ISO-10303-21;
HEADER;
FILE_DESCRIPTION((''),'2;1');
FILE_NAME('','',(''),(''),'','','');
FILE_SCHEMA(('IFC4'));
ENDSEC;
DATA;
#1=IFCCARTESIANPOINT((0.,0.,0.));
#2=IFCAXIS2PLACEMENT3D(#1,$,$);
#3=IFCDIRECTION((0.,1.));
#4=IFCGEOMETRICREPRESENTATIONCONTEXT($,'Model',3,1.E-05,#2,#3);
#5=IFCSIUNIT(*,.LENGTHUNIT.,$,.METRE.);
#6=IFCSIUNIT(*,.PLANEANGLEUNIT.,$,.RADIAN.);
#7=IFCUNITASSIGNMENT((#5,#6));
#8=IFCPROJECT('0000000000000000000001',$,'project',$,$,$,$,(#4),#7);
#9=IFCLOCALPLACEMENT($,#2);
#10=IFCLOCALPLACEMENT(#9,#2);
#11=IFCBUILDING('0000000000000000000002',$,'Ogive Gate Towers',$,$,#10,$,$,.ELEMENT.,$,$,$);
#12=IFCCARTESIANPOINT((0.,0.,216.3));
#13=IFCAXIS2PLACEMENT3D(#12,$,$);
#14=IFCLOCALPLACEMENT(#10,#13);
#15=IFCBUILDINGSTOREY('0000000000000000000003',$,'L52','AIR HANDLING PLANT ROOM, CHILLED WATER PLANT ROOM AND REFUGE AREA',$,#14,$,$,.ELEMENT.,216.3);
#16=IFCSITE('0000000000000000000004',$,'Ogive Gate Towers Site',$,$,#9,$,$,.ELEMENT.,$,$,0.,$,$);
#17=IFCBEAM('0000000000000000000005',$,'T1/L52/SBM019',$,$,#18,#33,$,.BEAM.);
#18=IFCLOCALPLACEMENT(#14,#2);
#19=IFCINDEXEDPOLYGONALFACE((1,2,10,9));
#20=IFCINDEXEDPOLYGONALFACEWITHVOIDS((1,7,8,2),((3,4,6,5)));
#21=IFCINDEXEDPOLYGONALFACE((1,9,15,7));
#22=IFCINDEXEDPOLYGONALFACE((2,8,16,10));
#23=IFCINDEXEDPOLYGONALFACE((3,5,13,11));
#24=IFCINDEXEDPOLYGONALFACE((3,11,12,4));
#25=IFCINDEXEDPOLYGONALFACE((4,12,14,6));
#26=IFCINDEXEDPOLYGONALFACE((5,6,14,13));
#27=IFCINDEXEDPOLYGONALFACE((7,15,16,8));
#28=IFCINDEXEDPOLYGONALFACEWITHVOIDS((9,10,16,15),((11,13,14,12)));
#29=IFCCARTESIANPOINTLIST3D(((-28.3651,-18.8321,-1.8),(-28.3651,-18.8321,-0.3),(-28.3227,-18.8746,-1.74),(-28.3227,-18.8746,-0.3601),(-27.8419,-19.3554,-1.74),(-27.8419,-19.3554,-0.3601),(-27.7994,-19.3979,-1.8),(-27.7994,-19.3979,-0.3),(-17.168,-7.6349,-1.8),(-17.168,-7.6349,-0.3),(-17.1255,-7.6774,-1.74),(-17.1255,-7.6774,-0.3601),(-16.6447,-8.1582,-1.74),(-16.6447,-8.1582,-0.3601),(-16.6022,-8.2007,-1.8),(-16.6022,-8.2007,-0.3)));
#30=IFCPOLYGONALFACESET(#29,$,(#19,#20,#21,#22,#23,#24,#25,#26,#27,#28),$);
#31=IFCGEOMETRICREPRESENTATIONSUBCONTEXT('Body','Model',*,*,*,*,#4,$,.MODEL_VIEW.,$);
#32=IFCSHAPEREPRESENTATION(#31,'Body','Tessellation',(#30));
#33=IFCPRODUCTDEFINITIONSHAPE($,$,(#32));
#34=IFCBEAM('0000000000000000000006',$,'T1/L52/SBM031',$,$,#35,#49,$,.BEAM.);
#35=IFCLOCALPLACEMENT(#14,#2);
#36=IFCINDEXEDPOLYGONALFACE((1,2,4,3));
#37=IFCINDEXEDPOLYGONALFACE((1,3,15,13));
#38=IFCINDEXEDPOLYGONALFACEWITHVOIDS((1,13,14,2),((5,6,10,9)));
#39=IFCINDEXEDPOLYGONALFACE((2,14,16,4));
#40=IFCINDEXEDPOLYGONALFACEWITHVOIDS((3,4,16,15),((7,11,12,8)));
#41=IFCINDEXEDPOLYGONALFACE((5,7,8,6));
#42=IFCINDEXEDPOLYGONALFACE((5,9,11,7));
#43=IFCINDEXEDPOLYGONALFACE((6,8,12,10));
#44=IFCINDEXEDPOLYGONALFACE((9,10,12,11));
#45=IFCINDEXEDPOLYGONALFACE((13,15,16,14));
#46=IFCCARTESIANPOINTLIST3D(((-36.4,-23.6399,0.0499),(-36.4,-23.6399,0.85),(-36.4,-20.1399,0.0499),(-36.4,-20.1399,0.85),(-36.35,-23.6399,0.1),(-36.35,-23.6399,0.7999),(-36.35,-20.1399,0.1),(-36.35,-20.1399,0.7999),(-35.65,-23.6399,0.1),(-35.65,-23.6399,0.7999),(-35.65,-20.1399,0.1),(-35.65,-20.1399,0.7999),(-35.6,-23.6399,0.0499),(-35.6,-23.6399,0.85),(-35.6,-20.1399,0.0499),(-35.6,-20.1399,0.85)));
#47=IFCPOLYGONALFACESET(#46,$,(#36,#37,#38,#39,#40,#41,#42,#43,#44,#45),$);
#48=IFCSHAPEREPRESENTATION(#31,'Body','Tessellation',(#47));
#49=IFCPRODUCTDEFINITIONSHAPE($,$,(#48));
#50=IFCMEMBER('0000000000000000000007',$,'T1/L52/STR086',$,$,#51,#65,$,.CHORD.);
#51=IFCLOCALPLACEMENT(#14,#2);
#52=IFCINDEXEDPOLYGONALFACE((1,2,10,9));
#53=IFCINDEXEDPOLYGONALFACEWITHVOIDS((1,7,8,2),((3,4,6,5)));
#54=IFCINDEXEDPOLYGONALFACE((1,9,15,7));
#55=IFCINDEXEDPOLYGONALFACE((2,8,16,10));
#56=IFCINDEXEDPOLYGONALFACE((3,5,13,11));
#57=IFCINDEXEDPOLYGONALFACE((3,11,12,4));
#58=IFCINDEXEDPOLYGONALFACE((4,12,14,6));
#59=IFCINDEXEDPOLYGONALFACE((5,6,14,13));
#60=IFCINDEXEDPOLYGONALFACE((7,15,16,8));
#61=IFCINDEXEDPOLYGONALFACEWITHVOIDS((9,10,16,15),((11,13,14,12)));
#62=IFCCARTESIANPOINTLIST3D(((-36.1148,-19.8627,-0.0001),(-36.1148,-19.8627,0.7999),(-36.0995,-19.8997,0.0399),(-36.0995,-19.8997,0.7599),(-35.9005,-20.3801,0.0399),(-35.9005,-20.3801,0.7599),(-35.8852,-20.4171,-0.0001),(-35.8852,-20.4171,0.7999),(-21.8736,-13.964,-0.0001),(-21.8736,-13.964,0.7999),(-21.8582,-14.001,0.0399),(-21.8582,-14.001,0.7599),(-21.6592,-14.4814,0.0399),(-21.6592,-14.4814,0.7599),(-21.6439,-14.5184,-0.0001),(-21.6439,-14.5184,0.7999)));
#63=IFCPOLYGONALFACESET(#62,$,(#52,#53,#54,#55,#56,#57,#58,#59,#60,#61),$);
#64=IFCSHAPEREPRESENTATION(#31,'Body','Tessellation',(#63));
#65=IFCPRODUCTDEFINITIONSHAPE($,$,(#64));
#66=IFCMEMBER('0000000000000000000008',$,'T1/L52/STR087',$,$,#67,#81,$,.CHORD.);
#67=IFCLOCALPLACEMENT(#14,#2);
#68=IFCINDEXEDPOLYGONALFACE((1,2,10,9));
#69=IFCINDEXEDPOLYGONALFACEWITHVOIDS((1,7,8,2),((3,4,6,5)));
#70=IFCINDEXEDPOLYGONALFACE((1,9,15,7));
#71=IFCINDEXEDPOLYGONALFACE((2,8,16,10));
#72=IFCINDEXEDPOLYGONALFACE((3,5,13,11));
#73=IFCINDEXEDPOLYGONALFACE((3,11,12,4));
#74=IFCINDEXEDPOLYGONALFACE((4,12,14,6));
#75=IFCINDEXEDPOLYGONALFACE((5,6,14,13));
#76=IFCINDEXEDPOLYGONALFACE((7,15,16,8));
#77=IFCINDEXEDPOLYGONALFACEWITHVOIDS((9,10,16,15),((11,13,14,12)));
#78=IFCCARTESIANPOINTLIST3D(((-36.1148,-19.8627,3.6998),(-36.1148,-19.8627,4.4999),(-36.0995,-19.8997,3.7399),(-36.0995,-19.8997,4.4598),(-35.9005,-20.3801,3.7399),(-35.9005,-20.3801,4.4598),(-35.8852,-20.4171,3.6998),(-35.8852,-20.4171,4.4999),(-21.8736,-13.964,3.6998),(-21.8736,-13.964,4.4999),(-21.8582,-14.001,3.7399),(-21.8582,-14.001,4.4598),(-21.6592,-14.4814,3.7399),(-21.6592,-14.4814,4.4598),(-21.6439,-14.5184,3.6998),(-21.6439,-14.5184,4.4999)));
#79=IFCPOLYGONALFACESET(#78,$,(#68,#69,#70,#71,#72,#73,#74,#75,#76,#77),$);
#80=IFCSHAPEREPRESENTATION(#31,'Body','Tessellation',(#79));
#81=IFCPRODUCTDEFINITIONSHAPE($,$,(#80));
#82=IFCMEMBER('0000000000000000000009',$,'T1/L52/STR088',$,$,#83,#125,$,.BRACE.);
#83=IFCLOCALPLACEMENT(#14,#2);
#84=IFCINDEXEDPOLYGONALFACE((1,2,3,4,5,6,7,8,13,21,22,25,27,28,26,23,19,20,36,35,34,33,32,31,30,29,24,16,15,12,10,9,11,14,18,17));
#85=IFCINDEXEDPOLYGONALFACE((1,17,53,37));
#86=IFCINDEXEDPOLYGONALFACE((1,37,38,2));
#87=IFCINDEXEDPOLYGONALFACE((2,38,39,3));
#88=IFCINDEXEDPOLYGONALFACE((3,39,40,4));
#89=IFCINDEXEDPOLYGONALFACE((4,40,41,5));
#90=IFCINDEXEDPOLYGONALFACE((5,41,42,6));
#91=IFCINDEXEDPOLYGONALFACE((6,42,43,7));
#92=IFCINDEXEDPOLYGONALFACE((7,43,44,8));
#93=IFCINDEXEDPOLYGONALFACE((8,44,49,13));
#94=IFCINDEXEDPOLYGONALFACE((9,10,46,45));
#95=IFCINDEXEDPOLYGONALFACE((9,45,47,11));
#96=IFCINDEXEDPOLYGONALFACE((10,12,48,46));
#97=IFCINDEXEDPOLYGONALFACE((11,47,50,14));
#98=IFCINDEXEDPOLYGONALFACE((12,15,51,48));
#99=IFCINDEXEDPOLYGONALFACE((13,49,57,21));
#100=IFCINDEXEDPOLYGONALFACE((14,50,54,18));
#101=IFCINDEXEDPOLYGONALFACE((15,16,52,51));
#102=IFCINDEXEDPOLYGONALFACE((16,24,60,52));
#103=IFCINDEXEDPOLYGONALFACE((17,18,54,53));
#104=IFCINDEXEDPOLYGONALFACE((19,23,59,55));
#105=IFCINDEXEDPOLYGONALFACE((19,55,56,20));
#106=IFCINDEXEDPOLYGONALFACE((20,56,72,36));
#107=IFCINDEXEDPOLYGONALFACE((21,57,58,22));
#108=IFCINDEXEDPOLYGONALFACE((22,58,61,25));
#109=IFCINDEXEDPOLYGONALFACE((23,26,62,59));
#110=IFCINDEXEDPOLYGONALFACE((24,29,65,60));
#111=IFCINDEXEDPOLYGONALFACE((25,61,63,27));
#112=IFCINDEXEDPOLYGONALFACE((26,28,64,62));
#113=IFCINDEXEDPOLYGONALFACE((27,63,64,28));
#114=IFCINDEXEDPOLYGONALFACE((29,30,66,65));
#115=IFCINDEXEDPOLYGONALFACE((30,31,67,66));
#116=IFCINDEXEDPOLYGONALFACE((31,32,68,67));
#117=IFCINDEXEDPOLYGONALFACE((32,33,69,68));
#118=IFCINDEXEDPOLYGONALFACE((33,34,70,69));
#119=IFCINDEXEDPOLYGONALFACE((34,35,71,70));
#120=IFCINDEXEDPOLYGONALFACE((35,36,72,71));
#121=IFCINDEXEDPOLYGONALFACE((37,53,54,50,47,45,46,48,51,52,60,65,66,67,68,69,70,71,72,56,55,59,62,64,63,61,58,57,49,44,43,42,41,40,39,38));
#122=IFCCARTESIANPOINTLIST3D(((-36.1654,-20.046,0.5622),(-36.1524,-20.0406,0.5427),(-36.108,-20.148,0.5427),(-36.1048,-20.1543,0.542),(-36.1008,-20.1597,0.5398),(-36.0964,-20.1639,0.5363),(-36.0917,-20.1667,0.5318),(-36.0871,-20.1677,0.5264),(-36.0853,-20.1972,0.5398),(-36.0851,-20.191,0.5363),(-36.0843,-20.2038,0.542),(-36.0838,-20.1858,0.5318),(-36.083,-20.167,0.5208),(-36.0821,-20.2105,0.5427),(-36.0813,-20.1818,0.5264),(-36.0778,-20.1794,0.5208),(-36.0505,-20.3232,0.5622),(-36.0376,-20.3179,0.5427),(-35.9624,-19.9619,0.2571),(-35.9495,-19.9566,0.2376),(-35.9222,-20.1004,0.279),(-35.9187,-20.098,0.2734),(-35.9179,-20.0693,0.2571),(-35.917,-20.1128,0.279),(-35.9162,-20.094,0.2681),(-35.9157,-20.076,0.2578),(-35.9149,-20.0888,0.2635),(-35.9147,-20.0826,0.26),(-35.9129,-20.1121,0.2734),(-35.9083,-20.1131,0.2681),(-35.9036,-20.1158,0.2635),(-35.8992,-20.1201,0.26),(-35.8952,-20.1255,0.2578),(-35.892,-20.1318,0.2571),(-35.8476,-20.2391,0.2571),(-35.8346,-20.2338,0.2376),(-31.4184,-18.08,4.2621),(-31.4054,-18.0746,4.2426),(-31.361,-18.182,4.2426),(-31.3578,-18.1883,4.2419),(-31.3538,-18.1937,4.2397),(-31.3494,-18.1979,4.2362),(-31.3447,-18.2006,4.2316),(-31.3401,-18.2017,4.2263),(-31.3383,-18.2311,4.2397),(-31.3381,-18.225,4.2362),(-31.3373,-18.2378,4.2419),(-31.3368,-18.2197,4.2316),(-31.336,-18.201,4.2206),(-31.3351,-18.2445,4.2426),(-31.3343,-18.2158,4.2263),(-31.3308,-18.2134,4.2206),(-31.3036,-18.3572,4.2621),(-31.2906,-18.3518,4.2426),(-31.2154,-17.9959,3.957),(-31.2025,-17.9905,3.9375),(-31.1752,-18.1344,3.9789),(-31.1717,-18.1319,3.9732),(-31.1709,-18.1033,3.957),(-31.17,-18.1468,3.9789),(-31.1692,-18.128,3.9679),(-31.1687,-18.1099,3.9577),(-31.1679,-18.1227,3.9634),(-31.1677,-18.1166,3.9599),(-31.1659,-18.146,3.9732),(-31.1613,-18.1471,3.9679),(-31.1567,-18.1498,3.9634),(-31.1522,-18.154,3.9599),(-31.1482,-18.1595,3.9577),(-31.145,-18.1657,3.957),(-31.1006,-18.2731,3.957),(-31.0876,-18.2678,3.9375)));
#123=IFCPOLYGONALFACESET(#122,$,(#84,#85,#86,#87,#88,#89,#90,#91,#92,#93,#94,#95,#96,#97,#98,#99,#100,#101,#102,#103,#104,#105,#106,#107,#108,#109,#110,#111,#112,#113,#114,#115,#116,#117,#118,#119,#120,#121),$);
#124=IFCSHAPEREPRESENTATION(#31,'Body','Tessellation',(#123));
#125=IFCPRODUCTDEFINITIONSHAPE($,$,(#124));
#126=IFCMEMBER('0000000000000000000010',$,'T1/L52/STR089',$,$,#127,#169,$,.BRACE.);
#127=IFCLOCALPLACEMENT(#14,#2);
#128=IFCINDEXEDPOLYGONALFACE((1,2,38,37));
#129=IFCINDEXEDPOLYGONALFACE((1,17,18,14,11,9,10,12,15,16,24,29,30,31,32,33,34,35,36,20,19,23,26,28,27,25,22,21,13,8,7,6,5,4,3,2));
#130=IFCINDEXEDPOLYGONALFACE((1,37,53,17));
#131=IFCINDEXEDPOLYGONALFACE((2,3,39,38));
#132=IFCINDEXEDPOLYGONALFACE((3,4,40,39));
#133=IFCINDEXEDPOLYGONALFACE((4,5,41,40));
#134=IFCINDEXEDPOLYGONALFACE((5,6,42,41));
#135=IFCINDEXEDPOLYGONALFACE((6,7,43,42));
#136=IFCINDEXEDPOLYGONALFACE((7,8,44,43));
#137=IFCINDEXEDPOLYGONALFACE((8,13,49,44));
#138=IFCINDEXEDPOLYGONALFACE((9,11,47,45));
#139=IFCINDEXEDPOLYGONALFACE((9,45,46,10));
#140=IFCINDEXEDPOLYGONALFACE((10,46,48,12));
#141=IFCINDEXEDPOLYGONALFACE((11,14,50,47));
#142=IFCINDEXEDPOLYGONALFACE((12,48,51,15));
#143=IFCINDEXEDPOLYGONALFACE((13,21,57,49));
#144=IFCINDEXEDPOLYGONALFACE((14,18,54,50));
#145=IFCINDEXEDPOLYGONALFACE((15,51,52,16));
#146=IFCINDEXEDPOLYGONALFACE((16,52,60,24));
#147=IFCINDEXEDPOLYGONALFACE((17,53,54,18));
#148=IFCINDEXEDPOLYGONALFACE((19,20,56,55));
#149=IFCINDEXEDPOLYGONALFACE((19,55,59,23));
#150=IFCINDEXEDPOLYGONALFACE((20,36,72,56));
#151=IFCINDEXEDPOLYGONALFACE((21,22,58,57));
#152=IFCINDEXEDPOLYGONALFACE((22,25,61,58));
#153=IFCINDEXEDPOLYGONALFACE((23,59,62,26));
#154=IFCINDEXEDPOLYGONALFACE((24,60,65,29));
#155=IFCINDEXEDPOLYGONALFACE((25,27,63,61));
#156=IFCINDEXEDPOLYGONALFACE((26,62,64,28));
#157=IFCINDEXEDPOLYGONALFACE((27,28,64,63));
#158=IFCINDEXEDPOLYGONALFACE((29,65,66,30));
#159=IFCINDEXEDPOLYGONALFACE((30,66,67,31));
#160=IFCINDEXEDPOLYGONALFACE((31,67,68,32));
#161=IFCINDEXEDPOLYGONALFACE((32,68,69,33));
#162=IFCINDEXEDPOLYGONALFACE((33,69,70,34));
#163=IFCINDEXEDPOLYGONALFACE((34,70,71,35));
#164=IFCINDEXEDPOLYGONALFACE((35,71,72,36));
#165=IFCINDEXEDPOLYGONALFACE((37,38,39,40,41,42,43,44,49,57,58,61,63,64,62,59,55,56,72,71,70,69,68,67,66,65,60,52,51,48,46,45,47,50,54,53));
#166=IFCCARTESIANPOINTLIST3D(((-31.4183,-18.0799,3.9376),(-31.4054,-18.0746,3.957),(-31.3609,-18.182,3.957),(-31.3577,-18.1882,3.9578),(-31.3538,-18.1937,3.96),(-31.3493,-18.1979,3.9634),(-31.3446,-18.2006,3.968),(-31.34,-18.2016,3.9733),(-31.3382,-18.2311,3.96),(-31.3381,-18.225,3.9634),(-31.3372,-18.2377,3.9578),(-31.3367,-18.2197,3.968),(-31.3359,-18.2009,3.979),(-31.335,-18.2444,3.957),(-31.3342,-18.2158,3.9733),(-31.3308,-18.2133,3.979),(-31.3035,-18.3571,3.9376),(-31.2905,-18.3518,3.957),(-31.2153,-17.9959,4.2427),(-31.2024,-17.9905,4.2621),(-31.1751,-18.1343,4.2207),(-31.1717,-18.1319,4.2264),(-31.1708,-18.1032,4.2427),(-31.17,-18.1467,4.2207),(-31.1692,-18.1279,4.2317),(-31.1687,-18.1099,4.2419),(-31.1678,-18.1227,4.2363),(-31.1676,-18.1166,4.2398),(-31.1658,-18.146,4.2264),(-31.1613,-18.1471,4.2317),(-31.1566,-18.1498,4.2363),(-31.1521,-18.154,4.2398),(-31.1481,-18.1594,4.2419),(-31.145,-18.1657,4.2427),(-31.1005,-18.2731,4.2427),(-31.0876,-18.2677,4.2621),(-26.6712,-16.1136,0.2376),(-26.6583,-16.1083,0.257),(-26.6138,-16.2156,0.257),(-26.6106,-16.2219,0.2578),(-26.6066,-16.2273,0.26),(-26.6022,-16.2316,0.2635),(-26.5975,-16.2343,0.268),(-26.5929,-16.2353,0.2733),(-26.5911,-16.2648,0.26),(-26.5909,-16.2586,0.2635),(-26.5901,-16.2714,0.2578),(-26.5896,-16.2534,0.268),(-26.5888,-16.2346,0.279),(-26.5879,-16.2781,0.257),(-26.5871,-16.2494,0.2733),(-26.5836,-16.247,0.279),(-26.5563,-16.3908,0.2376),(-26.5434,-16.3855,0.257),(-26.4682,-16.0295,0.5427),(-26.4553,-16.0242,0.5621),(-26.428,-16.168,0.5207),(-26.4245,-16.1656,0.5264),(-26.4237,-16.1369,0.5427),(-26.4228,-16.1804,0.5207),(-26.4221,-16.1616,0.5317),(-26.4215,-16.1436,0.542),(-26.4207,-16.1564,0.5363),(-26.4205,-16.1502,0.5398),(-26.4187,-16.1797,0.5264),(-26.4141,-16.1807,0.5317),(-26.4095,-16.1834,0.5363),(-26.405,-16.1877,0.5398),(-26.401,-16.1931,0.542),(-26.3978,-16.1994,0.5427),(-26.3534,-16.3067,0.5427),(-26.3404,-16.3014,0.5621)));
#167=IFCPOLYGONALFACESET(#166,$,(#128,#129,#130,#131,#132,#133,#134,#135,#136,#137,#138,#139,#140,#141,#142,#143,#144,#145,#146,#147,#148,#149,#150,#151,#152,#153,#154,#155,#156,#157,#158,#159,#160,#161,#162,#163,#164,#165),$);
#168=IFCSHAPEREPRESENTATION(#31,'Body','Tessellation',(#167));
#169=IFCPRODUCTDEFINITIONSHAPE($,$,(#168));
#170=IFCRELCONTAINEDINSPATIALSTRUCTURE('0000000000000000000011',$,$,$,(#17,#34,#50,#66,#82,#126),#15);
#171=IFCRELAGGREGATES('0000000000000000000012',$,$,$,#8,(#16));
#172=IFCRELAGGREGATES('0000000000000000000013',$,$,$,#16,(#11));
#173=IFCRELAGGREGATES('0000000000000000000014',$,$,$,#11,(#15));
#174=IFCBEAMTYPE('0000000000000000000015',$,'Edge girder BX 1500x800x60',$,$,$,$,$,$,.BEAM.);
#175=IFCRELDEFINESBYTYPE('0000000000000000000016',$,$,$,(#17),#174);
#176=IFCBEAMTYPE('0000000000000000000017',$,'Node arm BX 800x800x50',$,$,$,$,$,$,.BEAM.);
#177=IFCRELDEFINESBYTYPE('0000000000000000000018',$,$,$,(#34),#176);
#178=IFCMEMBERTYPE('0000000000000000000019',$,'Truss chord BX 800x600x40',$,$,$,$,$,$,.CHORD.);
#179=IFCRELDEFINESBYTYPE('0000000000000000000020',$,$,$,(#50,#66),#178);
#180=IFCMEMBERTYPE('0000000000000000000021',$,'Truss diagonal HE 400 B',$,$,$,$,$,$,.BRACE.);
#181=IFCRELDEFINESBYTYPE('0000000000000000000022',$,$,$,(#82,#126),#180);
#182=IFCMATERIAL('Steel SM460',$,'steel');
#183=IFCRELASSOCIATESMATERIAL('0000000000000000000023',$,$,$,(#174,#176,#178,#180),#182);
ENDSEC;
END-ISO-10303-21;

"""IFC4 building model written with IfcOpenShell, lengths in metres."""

from ifc_helpers import new_model, si_unit, direction, frame, origin, origin_2d, place, context, subcontext, project, spatial, hollow_rectangle, i_section, extrude, material, material_profile, profile_set, type_object, element, save


model = new_model("IFC4")

# Units and contexts
model_context = context("Model", 3, precision=1e-05, world=origin(), true_north=direction((0.0, 1.0)))
body_context = subcontext(model_context, "Body", "Model", "MODEL_VIEW")
ifc_project = project(units=[si_unit("LENGTHUNIT", "METRE"), si_unit("PLANEANGLEUNIT", "RADIAN")], contexts=[model_context])

# Site, building, storey
site_placement = place(None, origin())
site = spatial("IfcSite", under=ifc_project, at=site_placement, Name="Ogive Gate Towers Site", CompositionType="ELEMENT", RefElevation=0.0)
building_placement = place(site_placement, origin())
building = spatial("IfcBuilding", under=site, at=building_placement, Name="Ogive Gate Towers", CompositionType="ELEMENT")
storey_placement = place(building_placement, frame((0.0, 0.0, 216.3)))
storey = spatial("IfcBuildingStorey", under=building, at=storey_placement, Name="L52", Description="AIR HANDLING PLANT ROOM, CHILLED WATER PLANT ROOM AND REFUGE AREA", CompositionType="ELEMENT", Elevation=216.3)

# Beams
ifc_material_1 = material(Name="Steel SM460", Category="steel")
ifc_material_profile_1 = material_profile(ifc_material_1, hollow_rectangle(XDim=0.8, YDim=1.5, WallThickness=0.0601, at=origin_2d()), Name="BX 1500x800x60")
ifc_profile_set_1 = profile_set([ifc_material_profile_1], Name="Steel SM460")
beam_type_1 = type_object("IfcBeamType", Name="Edge girder BX 1500x800x60", PredefinedType="BEAM", material=ifc_profile_set_1)
beam_1_placement = place(storey_placement, frame((-28.0823, -19.115, -1.05), z_axis=(0.707107, 0.707107, 0.0), x_axis=(-0.707107, 0.707107, 0.0)))
element("IfcBeam", 1, at=beam_1_placement, inside=storey, type_object=beam_type_1, Name="T1/L52/SBM019", PredefinedType="BEAM", context=body_context, shape_type="SweptSolid", body=[
    extrude(hollow_rectangle(XDim=0.8, YDim=1.5, WallThickness=0.0601, at=origin_2d()), origin(), (0.0, 0.0, 1.0), 15.8352),
])
ifc_material_profile_2 = material_profile(ifc_material_1, hollow_rectangle(XDim=0.8, YDim=0.8, WallThickness=0.05, at=origin_2d()), Name="BX 800x800x50")
ifc_profile_set_2 = profile_set([ifc_material_profile_2], Name="Steel SM460")
beam_type_2 = type_object("IfcBeamType", Name="Node arm BX 800x800x50", PredefinedType="BEAM", material=ifc_profile_set_2)
beam_2_placement = place(storey_placement, frame((-36.0, -20.1399, 0.45), z_axis=(0.0, -1.0, 0.0), x_axis=(1.0, 0.0, 0.0)))
element("IfcBeam", 2, at=beam_2_placement, inside=storey, type_object=beam_type_2, Name="T1/L52/SBM031", PredefinedType="BEAM", context=body_context, shape_type="SweptSolid", body=[
    extrude(hollow_rectangle(XDim=0.8, YDim=0.8, WallThickness=0.05, at=origin_2d()), origin(), (0.0, 0.0, 1.0), 3.5),
])

# Members
ifc_material_profile_3 = material_profile(ifc_material_1, hollow_rectangle(XDim=0.6001, YDim=0.8, WallThickness=0.04, at=origin_2d()), Name="BX 800x600x40")
ifc_profile_set_3 = profile_set([ifc_material_profile_3], Name="Steel SM460")
member_type_1 = type_object("IfcMemberType", Name="Truss chord BX 800x600x40", PredefinedType="CHORD", material=ifc_profile_set_3)
for number, where, z_axis, x_axis, name in (
    (3, (-36.0, -20.1399, 0.3999), (0.923885, 0.382671, 0.0), (-0.382671, 0.923885, 0.0), "T1/L52/STR086"),
    (4, (-36.0, -20.1399, 4.0999), (0.923885, 0.382671, 0.0), (-0.382671, 0.923885, 0.0), "T1/L52/STR087"),
):
    element("IfcMember", number, at=place(storey_placement, frame(where, z_axis=z_axis, x_axis=x_axis)), inside=storey, type_object=member_type_1, Name=name, PredefinedType="CHORD", context=body_context, shape_type="SweptSolid", body=[
        extrude(hollow_rectangle(XDim=0.6001, YDim=0.8, WallThickness=0.04, at=origin_2d()), origin(), (0.0, 0.0, 1.0), 15.4146),
    ])
ifc_material_profile_4 = material_profile(ifc_material_1, i_section(OverallWidth=0.3, OverallDepth=0.3999, WebThickness=0.0134, FlangeThickness=0.0239, FilletRadius=0.0271, at=origin_2d()), Name="HE 400 B")
ifc_profile_set_4 = profile_set([ifc_material_profile_4], Name="Steel SM460")
member_type_2 = type_object("IfcMemberType", Name="Truss diagonal HE 400 B", PredefinedType="BRACE", material=ifc_profile_set_4)
member_1_placement = place(storey_placement, frame((-36.0, -20.1399, 0.3999), z_axis=(0.749737, 0.310514, 0.584359), x_axis=(-0.382644, 0.923896, 0.0)))
element("IfcMember", 5, at=member_1_placement, inside=storey, type_object=member_type_2, Name="T1/L52/STR088", PredefinedType="BRACE", context=body_context, shape_type="SweptSolid", body=[
    extrude(i_section(OverallWidth=0.3, OverallDepth=0.3999, WebThickness=0.0134, FlangeThickness=0.0239, FilletRadius=0.0271, at=origin_2d()), origin(), (0.0, 0.0, 1.0), 6.3315),
])
for number, where, z_axis, x_axis, name in (
    (6, (-31.2529, -18.1738, 4.0999), (0.749728, 0.310549, -0.584352), (-0.382685, 0.923879, 0.0), "T1/L52/STR089"),
):
    element("IfcMember", number, at=place(storey_placement, frame(where, z_axis=z_axis, x_axis=x_axis)), inside=storey, type_object=member_type_2, Name=name, PredefinedType="BRACE", context=body_context, shape_type="SweptSolid", body=[
        extrude(i_section(OverallWidth=0.3, OverallDepth=0.3999, WebThickness=0.0134, FlangeThickness=0.0239, FilletRadius=0.0271, at=origin_2d()), origin(), (0.0, 0.0, 1.0), 6.3318),
    ])

save(model, "model.ifc")
